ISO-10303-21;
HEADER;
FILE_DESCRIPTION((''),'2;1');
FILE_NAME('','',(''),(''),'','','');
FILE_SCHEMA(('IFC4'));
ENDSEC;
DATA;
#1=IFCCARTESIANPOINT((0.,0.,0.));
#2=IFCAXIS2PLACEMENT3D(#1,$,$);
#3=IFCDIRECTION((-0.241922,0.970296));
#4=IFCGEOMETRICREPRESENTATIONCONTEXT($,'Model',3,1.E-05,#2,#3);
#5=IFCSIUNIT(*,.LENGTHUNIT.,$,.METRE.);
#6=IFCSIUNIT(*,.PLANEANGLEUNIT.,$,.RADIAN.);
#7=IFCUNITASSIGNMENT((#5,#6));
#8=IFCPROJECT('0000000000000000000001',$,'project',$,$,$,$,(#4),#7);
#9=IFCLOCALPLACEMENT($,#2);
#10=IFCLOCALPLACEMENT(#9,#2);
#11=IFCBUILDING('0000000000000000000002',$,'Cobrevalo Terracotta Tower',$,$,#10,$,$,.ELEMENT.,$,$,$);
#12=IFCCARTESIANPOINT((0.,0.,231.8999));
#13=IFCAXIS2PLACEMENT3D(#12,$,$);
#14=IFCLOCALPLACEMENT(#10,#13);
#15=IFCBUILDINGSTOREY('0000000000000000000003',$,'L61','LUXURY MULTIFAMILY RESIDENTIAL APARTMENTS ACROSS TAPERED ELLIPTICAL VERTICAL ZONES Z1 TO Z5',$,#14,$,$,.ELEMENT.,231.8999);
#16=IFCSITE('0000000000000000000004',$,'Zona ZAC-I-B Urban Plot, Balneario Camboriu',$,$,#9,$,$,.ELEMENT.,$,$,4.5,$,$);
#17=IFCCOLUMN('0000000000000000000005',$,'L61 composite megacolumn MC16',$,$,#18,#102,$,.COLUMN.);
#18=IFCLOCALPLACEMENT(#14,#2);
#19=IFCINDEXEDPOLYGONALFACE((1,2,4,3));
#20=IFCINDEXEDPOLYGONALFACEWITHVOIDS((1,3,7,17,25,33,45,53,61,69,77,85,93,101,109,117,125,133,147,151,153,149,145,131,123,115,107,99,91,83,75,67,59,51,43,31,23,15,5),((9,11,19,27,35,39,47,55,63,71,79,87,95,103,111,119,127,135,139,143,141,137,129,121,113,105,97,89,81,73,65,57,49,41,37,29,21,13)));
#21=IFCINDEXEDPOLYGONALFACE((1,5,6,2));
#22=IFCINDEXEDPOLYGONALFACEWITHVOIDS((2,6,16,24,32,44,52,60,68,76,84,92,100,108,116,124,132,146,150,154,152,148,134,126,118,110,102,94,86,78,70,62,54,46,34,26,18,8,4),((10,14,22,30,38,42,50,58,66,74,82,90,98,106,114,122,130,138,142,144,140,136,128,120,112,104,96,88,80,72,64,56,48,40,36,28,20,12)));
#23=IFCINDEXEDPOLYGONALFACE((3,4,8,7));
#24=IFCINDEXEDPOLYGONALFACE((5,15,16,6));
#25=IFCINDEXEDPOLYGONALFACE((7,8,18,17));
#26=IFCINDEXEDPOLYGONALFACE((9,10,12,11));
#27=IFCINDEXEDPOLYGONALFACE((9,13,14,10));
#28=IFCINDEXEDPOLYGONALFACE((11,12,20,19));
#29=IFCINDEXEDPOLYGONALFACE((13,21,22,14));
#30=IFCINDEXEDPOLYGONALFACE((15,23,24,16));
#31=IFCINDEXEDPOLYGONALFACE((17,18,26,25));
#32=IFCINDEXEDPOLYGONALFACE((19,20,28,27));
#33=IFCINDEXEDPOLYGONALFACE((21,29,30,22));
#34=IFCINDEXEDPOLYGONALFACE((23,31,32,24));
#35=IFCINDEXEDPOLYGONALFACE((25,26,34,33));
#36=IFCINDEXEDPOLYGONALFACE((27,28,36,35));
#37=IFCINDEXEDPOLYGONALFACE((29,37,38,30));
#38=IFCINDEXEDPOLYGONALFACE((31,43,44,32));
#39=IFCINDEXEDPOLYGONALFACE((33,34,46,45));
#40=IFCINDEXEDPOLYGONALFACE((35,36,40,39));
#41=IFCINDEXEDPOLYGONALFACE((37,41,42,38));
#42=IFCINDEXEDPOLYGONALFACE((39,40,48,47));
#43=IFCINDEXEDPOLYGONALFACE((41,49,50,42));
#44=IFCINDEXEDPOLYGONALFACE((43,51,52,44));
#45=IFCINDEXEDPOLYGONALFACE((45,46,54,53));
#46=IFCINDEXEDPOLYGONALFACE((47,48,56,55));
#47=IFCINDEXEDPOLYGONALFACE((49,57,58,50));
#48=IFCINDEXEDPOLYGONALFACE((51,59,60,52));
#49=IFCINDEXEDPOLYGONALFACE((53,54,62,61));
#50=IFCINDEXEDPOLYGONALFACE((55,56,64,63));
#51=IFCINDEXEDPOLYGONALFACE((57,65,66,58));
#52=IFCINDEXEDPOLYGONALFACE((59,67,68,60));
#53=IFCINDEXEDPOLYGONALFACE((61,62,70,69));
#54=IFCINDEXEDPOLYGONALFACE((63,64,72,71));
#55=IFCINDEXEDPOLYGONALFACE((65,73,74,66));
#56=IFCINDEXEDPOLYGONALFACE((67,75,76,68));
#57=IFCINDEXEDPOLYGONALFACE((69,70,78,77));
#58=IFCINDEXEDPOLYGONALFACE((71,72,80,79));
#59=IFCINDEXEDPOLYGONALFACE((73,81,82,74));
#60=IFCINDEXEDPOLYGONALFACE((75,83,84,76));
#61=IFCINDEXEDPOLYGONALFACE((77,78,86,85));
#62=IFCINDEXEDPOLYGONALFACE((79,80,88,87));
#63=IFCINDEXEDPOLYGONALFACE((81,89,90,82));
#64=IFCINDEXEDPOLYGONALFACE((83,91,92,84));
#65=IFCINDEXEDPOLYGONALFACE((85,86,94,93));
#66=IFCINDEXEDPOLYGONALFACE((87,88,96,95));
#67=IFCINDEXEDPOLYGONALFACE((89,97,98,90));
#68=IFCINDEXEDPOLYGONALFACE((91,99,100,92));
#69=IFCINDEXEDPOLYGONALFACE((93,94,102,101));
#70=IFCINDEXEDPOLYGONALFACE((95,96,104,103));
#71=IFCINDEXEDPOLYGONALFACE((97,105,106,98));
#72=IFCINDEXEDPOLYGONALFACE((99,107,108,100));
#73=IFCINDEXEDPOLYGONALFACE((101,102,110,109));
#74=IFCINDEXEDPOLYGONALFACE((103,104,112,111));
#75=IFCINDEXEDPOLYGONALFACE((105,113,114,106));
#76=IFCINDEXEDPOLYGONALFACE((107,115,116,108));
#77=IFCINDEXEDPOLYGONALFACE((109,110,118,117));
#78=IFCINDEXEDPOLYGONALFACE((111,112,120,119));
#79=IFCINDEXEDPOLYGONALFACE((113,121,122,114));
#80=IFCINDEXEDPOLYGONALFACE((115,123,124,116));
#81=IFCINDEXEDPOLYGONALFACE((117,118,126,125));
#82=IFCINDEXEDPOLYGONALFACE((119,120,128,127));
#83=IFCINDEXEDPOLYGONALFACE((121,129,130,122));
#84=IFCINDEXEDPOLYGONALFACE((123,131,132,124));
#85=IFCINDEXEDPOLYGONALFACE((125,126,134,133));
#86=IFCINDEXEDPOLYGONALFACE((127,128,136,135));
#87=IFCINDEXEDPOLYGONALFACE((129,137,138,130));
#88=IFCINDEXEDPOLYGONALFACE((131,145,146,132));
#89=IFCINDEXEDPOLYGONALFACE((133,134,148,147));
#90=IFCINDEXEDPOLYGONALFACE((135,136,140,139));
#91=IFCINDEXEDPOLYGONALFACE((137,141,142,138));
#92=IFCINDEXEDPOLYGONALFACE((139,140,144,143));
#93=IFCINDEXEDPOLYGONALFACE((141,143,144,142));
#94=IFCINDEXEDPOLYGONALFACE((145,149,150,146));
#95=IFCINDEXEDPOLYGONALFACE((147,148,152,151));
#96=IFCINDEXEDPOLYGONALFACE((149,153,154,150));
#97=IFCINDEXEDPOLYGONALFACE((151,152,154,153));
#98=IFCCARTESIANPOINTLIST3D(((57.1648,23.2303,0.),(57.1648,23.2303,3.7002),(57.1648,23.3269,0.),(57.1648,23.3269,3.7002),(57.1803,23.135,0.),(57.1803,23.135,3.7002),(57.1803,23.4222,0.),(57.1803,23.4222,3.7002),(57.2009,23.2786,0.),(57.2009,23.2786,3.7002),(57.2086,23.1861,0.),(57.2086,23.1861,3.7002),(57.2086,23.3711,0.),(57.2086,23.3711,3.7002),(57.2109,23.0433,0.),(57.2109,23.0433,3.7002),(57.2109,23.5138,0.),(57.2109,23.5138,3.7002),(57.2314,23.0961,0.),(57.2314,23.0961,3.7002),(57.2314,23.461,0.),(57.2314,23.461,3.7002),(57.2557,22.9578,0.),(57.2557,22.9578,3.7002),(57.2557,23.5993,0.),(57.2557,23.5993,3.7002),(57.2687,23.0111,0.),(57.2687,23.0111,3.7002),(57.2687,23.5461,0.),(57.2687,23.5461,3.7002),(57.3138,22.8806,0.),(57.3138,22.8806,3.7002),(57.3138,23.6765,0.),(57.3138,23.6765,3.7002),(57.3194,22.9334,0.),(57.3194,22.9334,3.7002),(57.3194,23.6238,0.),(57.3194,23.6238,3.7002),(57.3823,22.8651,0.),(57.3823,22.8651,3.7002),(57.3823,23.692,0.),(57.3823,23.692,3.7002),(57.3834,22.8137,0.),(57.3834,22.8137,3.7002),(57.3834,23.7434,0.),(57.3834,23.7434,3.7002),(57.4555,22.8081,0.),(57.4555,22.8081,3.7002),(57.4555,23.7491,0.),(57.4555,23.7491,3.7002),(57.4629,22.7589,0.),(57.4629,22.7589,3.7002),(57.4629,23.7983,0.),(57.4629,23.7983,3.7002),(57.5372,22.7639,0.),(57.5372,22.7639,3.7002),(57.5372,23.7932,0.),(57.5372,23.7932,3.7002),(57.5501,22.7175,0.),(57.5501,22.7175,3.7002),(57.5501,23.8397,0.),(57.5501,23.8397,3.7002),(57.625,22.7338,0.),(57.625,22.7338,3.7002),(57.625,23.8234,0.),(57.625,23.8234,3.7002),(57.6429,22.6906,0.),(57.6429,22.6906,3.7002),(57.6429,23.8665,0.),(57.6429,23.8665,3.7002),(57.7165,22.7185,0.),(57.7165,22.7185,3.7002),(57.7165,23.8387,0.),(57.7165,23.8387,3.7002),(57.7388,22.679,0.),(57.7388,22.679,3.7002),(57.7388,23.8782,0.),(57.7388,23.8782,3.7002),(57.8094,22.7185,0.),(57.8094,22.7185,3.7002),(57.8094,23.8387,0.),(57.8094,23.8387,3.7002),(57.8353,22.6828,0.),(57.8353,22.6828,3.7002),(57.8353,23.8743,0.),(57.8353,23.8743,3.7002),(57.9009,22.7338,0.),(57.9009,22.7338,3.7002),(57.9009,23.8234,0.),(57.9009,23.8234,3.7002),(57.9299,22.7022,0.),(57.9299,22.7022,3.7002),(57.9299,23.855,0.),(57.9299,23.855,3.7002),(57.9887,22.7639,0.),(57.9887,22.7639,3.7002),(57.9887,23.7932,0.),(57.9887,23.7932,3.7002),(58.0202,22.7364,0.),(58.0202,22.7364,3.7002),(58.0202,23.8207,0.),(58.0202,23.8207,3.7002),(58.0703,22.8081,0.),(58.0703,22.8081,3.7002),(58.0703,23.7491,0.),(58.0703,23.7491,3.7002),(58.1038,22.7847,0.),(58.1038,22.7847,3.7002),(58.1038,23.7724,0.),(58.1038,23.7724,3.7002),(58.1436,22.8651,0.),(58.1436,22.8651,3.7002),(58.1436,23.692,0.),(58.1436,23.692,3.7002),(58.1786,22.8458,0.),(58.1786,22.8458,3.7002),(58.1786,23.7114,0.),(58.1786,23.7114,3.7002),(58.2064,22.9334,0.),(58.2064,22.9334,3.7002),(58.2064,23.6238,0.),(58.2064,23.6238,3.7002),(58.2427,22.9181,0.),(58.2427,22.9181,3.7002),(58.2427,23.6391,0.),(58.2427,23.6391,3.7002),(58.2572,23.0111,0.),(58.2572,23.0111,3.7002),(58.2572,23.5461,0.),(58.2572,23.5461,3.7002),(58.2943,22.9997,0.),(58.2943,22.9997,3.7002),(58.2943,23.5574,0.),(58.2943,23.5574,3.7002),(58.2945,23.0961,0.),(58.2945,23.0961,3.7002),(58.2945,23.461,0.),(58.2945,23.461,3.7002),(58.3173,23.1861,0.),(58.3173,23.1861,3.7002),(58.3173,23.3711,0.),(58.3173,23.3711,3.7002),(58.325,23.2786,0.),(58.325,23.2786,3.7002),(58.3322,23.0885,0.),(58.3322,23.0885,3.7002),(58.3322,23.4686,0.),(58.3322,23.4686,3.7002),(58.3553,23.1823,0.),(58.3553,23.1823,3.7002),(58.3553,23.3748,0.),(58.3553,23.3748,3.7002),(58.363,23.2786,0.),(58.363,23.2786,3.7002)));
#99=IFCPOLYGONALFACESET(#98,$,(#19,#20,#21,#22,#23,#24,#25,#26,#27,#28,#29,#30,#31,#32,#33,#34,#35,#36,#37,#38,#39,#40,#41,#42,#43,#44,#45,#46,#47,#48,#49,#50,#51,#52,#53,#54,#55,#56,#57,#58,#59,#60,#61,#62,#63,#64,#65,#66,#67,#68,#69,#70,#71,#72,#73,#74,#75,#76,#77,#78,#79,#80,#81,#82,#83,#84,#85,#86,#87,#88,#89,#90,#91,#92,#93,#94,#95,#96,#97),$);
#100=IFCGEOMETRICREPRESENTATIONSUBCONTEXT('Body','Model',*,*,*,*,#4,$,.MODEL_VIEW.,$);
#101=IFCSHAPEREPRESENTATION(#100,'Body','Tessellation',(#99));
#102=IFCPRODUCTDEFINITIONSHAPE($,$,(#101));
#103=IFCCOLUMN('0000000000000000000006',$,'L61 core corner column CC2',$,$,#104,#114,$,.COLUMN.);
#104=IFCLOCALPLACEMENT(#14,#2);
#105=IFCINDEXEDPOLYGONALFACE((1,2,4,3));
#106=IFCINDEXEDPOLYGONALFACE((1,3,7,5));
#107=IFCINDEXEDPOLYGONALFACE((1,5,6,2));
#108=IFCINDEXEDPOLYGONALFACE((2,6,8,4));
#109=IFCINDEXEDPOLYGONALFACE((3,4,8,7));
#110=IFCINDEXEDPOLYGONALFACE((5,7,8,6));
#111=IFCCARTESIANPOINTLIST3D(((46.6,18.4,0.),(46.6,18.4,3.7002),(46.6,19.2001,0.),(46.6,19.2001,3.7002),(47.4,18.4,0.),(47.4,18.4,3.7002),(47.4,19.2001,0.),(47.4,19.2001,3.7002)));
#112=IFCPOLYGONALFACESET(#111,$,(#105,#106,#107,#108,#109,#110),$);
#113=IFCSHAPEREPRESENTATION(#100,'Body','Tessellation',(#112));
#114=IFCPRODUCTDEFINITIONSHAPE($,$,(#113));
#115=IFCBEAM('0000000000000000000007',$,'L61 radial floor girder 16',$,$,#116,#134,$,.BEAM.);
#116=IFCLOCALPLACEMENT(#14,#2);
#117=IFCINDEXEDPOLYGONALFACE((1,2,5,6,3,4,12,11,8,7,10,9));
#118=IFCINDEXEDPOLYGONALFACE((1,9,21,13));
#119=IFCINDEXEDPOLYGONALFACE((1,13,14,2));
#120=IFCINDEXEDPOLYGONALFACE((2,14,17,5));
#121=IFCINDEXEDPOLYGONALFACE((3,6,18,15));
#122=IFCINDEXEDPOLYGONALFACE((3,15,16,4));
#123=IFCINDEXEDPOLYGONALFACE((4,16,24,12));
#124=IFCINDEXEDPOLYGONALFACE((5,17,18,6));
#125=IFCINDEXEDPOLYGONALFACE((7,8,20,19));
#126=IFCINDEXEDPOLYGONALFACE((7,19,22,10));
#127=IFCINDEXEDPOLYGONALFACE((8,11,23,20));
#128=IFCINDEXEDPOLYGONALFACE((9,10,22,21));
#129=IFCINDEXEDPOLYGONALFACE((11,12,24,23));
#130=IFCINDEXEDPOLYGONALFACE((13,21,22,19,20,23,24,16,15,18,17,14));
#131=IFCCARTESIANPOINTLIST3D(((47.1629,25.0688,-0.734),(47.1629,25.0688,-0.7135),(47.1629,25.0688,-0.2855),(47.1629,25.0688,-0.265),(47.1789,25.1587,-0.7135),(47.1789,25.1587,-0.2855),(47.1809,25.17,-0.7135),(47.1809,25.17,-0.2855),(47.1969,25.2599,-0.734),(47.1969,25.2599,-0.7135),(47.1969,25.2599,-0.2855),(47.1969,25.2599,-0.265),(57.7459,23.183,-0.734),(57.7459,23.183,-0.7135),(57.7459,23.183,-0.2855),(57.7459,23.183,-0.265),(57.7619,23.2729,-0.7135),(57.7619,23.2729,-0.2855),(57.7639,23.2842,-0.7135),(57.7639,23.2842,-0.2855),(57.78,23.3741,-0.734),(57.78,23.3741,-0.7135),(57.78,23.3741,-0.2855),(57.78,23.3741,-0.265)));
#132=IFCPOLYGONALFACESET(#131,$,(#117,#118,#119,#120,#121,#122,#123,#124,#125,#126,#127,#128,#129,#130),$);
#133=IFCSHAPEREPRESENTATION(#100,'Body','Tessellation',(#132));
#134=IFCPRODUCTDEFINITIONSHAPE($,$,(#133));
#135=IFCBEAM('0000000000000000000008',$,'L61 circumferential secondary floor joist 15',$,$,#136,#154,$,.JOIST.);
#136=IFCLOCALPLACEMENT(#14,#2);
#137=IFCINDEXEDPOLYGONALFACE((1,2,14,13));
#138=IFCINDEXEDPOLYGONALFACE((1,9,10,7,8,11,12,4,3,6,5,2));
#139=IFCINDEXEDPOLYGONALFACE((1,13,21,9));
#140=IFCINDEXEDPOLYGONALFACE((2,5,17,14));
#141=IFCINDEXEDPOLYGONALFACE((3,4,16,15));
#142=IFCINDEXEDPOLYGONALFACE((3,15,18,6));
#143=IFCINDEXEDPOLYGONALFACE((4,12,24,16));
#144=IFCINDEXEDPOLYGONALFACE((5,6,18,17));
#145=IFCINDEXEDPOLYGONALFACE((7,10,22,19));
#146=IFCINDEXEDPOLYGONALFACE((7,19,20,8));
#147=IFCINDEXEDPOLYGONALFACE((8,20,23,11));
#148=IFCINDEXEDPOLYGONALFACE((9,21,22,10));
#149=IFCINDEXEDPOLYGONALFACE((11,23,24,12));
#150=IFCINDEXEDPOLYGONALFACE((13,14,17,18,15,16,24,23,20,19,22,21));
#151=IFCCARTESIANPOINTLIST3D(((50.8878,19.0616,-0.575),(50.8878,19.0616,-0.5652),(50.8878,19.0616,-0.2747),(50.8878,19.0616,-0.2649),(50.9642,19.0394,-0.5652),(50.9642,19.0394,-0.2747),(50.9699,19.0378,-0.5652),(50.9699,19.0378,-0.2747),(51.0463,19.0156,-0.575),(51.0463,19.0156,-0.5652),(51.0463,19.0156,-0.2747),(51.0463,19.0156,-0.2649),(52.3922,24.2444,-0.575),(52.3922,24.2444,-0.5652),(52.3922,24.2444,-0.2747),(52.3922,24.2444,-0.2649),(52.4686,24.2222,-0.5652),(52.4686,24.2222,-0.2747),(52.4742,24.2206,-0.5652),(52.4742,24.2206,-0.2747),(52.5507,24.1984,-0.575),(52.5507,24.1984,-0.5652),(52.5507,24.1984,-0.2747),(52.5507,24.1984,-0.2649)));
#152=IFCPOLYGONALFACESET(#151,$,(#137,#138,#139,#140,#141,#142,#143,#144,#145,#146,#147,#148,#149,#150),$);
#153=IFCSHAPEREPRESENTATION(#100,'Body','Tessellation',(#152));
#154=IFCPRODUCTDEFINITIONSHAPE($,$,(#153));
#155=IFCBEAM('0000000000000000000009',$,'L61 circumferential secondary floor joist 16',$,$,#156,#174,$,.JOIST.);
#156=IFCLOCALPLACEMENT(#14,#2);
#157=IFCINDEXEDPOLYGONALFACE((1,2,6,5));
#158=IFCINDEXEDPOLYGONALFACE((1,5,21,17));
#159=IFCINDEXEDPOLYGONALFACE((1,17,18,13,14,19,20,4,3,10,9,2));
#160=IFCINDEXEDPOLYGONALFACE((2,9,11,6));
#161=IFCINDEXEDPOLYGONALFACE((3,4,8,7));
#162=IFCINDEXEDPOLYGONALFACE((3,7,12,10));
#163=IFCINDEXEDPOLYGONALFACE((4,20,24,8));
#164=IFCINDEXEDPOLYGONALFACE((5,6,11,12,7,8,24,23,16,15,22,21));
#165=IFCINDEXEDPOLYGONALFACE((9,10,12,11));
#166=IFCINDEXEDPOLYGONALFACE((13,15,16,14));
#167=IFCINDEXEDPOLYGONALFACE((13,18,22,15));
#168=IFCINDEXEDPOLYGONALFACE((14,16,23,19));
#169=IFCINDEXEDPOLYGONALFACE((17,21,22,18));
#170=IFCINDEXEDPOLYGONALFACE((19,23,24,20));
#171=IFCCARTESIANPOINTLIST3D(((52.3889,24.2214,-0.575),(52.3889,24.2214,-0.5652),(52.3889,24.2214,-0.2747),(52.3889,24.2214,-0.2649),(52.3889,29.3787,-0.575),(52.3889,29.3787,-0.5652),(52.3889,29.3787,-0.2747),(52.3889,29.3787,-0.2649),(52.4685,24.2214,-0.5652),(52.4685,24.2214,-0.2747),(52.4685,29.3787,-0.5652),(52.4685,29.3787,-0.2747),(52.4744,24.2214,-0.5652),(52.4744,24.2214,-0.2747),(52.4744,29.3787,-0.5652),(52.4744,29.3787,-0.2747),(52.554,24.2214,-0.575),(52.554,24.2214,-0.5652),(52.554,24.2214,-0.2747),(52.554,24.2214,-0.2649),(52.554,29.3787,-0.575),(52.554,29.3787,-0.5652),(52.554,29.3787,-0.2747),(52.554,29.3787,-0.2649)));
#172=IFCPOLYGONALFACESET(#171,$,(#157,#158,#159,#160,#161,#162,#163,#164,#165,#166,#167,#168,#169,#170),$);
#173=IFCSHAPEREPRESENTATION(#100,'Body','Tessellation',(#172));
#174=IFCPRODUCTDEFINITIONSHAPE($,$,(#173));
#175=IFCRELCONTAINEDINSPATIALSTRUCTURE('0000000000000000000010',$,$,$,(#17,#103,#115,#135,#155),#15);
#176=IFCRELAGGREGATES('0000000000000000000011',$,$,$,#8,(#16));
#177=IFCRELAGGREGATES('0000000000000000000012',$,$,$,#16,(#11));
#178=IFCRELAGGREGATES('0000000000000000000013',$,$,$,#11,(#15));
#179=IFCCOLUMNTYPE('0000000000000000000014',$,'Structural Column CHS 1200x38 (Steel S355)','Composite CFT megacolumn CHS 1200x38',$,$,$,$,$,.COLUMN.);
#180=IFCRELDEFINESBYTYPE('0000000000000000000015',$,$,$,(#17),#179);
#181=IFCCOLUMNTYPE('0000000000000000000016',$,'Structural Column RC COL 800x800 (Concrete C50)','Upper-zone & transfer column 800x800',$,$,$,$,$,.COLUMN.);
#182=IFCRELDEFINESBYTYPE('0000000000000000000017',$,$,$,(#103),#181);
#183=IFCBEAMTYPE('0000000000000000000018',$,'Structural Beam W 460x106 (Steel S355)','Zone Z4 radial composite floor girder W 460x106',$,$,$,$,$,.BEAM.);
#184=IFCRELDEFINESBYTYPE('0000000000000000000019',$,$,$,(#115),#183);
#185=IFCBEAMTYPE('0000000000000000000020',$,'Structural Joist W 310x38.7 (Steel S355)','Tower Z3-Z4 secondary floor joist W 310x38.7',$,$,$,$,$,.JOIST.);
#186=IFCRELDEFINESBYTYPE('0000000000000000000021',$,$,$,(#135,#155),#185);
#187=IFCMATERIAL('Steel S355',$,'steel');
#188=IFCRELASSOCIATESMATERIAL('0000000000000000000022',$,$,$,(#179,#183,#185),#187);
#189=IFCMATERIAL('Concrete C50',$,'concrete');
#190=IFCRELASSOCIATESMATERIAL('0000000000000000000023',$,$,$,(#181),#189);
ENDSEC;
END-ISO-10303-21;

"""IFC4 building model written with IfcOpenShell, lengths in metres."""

from ifc_helpers import new_model, si_unit, direction, frame, origin, origin_2d, place, context, subcontext, project, spatial, rectangle, hollow_circle, i_section, extrude, material, material_profile, profile_set, type_object, element, save


model = new_model("IFC4")

# Units and contexts
model_context = context("Model", 3, precision=1e-05, world=origin(), true_north=direction((-0.241922, 0.970296)))
body_context = subcontext(model_context, "Body", "Model", "MODEL_VIEW")
ifc_project = project(units=[si_unit("LENGTHUNIT", "METRE"), si_unit("PLANEANGLEUNIT", "RADIAN")], contexts=[model_context])

# Site, building, storey
site_placement = place(None, origin())
site = spatial("IfcSite", under=ifc_project, at=site_placement, Name="Zona ZAC-I-B Urban Plot, Balneario Camboriu", CompositionType="ELEMENT", RefElevation=4.5)
building_placement = place(site_placement, origin())
building = spatial("IfcBuilding", under=site, at=building_placement, Name="Cobrevalo Terracotta Tower", CompositionType="ELEMENT")
storey_placement = place(building_placement, frame((0.0, 0.0, 231.8999)))
storey = spatial("IfcBuildingStorey", under=building, at=storey_placement, Name="L61", Description="LUXURY MULTIFAMILY RESIDENTIAL APARTMENTS ACROSS TAPERED ELLIPTICAL VERTICAL ZONES Z1 TO Z5", CompositionType="ELEMENT", Elevation=231.8999)

# Columns
ifc_material_1 = material(Name="Steel S355", Category="steel")
ifc_material_profile_1 = material_profile(ifc_material_1, hollow_circle(Radius=0.6001, WallThickness=0.0381, at=origin_2d()), Name="CHS 1200x38")
ifc_profile_set_1 = profile_set([ifc_material_profile_1], Name="Steel S355")
column_type_1 = type_object("IfcColumnType", Name="Structural Column CHS 1200x38 (Steel S355)", Description="Composite CFT megacolumn CHS 1200x38", PredefinedType="COLUMN", material=ifc_profile_set_1)
column_1_placement = place(storey_placement, frame((57.7629, 23.2786, 0.0), z_axis=(0.0, 0.0, 1.0), x_axis=(1.0, 0.0, 0.0)))
element("IfcColumn", 1, at=column_1_placement, inside=storey, type_object=column_type_1, Name="L61 composite megacolumn MC16", PredefinedType="COLUMN", context=body_context, shape_type="SweptSolid", body=[
    extrude(hollow_circle(Radius=0.6001, WallThickness=0.0381, at=origin_2d()), origin(), (0.0, 0.0, 1.0), 3.7002),
])
ifc_material_2 = material(Name="Concrete C50", Category="concrete")
ifc_material_profile_2 = material_profile(ifc_material_2, rectangle(XDim=0.8, YDim=0.8, at=origin_2d()), Name="RC COL 800x800")
ifc_profile_set_2 = profile_set([ifc_material_profile_2], Name="Concrete C50")
column_type_2 = type_object("IfcColumnType", Name="Structural Column RC COL 800x800 (Concrete C50)", Description="Upper-zone & transfer column 800x800", PredefinedType="COLUMN", material=ifc_profile_set_2)
column_2_placement = place(storey_placement, frame((47.0, 18.8, 0.0), z_axis=(0.0, 0.0, 1.0), x_axis=(1.0, 0.0, 0.0)))
element("IfcColumn", 2, at=column_2_placement, inside=storey, type_object=column_type_2, Name="L61 core corner column CC2", PredefinedType="COLUMN", context=body_context, shape_type="SweptSolid", body=[
    extrude(rectangle(XDim=0.8, YDim=0.8, at=origin_2d()), origin(), (0.0, 0.0, 1.0), 3.7002),
])

# Beams
ifc_material_profile_3 = material_profile(ifc_material_1, i_section(OverallWidth=0.1941, OverallDepth=0.469, WebThickness=0.0115, FlangeThickness=0.0205, at=origin_2d()), Name="W 460x106")
ifc_profile_set_3 = profile_set([ifc_material_profile_3], Name="Steel S355")
beam_type_1 = type_object("IfcBeamType", Name="Structural Beam W 460x106 (Steel S355)", Description="Zone Z4 radial composite floor girder W 460x106", PredefinedType="BEAM", material=ifc_profile_set_3)
beam_1_placement = place(storey_placement, frame((57.7629, 23.2786, -0.4995), z_axis=(-0.984493, 0.175423, 0.0), x_axis=(-0.175423, -0.984493, 0.0)))
element("IfcBeam", 3, at=beam_1_placement, inside=storey, type_object=beam_type_1, Name="L61 radial floor girder 16", PredefinedType="BEAM", context=body_context, shape_type="SweptSolid", body=[
    extrude(i_section(OverallWidth=0.1941, OverallDepth=0.469, WebThickness=0.0115, FlangeThickness=0.0205, at=origin_2d()), origin(), (0.0, 0.0, 1.0), 10.7498),
])
ifc_material_profile_4 = material_profile(ifc_material_1, i_section(OverallWidth=0.165, OverallDepth=0.3101, WebThickness=0.0059, FlangeThickness=0.0098, at=origin_2d()), Name="W 310x38.7")
ifc_profile_set_4 = profile_set([ifc_material_profile_4], Name="Steel S355")
beam_type_2 = type_object("IfcBeamType", Name="Structural Joist W 310x38.7 (Steel S355)", Description="Tower Z3-Z4 secondary floor joist W 310x38.7", PredefinedType="JOIST", material=ifc_profile_set_4)
beam_2_placement = place(storey_placement, frame((50.967, 19.0386, -0.4199), z_axis=(0.278758, 0.960361, 0.0), x_axis=(-0.960361, 0.278758, 0.0)))
element("IfcBeam", 4, at=beam_2_placement, inside=storey, type_object=beam_type_2, Name="L61 circumferential secondary floor joist 15", PredefinedType="JOIST", context=body_context, shape_type="SweptSolid", body=[
    extrude(i_section(OverallWidth=0.165, OverallDepth=0.3101, WebThickness=0.0059, FlangeThickness=0.0098, at=origin_2d()), origin(), (0.0, 0.0, 1.0), 5.3967),
])
beam_3_placement = place(storey_placement, frame((52.4714, 24.2214, -0.4199), z_axis=(0.0, 1.0, 0.0), x_axis=(-1.0, 0.0, 0.0)))
element("IfcBeam", 5, at=beam_3_placement, inside=storey, type_object=beam_type_2, Name="L61 circumferential secondary floor joist 16", PredefinedType="JOIST", context=body_context, shape_type="SweptSolid", body=[
    extrude(i_section(OverallWidth=0.165, OverallDepth=0.3101, WebThickness=0.0059, FlangeThickness=0.0098, at=origin_2d()), origin(), (0.0, 0.0, 1.0), 5.1572),
])

save(model, "model.ifc")
